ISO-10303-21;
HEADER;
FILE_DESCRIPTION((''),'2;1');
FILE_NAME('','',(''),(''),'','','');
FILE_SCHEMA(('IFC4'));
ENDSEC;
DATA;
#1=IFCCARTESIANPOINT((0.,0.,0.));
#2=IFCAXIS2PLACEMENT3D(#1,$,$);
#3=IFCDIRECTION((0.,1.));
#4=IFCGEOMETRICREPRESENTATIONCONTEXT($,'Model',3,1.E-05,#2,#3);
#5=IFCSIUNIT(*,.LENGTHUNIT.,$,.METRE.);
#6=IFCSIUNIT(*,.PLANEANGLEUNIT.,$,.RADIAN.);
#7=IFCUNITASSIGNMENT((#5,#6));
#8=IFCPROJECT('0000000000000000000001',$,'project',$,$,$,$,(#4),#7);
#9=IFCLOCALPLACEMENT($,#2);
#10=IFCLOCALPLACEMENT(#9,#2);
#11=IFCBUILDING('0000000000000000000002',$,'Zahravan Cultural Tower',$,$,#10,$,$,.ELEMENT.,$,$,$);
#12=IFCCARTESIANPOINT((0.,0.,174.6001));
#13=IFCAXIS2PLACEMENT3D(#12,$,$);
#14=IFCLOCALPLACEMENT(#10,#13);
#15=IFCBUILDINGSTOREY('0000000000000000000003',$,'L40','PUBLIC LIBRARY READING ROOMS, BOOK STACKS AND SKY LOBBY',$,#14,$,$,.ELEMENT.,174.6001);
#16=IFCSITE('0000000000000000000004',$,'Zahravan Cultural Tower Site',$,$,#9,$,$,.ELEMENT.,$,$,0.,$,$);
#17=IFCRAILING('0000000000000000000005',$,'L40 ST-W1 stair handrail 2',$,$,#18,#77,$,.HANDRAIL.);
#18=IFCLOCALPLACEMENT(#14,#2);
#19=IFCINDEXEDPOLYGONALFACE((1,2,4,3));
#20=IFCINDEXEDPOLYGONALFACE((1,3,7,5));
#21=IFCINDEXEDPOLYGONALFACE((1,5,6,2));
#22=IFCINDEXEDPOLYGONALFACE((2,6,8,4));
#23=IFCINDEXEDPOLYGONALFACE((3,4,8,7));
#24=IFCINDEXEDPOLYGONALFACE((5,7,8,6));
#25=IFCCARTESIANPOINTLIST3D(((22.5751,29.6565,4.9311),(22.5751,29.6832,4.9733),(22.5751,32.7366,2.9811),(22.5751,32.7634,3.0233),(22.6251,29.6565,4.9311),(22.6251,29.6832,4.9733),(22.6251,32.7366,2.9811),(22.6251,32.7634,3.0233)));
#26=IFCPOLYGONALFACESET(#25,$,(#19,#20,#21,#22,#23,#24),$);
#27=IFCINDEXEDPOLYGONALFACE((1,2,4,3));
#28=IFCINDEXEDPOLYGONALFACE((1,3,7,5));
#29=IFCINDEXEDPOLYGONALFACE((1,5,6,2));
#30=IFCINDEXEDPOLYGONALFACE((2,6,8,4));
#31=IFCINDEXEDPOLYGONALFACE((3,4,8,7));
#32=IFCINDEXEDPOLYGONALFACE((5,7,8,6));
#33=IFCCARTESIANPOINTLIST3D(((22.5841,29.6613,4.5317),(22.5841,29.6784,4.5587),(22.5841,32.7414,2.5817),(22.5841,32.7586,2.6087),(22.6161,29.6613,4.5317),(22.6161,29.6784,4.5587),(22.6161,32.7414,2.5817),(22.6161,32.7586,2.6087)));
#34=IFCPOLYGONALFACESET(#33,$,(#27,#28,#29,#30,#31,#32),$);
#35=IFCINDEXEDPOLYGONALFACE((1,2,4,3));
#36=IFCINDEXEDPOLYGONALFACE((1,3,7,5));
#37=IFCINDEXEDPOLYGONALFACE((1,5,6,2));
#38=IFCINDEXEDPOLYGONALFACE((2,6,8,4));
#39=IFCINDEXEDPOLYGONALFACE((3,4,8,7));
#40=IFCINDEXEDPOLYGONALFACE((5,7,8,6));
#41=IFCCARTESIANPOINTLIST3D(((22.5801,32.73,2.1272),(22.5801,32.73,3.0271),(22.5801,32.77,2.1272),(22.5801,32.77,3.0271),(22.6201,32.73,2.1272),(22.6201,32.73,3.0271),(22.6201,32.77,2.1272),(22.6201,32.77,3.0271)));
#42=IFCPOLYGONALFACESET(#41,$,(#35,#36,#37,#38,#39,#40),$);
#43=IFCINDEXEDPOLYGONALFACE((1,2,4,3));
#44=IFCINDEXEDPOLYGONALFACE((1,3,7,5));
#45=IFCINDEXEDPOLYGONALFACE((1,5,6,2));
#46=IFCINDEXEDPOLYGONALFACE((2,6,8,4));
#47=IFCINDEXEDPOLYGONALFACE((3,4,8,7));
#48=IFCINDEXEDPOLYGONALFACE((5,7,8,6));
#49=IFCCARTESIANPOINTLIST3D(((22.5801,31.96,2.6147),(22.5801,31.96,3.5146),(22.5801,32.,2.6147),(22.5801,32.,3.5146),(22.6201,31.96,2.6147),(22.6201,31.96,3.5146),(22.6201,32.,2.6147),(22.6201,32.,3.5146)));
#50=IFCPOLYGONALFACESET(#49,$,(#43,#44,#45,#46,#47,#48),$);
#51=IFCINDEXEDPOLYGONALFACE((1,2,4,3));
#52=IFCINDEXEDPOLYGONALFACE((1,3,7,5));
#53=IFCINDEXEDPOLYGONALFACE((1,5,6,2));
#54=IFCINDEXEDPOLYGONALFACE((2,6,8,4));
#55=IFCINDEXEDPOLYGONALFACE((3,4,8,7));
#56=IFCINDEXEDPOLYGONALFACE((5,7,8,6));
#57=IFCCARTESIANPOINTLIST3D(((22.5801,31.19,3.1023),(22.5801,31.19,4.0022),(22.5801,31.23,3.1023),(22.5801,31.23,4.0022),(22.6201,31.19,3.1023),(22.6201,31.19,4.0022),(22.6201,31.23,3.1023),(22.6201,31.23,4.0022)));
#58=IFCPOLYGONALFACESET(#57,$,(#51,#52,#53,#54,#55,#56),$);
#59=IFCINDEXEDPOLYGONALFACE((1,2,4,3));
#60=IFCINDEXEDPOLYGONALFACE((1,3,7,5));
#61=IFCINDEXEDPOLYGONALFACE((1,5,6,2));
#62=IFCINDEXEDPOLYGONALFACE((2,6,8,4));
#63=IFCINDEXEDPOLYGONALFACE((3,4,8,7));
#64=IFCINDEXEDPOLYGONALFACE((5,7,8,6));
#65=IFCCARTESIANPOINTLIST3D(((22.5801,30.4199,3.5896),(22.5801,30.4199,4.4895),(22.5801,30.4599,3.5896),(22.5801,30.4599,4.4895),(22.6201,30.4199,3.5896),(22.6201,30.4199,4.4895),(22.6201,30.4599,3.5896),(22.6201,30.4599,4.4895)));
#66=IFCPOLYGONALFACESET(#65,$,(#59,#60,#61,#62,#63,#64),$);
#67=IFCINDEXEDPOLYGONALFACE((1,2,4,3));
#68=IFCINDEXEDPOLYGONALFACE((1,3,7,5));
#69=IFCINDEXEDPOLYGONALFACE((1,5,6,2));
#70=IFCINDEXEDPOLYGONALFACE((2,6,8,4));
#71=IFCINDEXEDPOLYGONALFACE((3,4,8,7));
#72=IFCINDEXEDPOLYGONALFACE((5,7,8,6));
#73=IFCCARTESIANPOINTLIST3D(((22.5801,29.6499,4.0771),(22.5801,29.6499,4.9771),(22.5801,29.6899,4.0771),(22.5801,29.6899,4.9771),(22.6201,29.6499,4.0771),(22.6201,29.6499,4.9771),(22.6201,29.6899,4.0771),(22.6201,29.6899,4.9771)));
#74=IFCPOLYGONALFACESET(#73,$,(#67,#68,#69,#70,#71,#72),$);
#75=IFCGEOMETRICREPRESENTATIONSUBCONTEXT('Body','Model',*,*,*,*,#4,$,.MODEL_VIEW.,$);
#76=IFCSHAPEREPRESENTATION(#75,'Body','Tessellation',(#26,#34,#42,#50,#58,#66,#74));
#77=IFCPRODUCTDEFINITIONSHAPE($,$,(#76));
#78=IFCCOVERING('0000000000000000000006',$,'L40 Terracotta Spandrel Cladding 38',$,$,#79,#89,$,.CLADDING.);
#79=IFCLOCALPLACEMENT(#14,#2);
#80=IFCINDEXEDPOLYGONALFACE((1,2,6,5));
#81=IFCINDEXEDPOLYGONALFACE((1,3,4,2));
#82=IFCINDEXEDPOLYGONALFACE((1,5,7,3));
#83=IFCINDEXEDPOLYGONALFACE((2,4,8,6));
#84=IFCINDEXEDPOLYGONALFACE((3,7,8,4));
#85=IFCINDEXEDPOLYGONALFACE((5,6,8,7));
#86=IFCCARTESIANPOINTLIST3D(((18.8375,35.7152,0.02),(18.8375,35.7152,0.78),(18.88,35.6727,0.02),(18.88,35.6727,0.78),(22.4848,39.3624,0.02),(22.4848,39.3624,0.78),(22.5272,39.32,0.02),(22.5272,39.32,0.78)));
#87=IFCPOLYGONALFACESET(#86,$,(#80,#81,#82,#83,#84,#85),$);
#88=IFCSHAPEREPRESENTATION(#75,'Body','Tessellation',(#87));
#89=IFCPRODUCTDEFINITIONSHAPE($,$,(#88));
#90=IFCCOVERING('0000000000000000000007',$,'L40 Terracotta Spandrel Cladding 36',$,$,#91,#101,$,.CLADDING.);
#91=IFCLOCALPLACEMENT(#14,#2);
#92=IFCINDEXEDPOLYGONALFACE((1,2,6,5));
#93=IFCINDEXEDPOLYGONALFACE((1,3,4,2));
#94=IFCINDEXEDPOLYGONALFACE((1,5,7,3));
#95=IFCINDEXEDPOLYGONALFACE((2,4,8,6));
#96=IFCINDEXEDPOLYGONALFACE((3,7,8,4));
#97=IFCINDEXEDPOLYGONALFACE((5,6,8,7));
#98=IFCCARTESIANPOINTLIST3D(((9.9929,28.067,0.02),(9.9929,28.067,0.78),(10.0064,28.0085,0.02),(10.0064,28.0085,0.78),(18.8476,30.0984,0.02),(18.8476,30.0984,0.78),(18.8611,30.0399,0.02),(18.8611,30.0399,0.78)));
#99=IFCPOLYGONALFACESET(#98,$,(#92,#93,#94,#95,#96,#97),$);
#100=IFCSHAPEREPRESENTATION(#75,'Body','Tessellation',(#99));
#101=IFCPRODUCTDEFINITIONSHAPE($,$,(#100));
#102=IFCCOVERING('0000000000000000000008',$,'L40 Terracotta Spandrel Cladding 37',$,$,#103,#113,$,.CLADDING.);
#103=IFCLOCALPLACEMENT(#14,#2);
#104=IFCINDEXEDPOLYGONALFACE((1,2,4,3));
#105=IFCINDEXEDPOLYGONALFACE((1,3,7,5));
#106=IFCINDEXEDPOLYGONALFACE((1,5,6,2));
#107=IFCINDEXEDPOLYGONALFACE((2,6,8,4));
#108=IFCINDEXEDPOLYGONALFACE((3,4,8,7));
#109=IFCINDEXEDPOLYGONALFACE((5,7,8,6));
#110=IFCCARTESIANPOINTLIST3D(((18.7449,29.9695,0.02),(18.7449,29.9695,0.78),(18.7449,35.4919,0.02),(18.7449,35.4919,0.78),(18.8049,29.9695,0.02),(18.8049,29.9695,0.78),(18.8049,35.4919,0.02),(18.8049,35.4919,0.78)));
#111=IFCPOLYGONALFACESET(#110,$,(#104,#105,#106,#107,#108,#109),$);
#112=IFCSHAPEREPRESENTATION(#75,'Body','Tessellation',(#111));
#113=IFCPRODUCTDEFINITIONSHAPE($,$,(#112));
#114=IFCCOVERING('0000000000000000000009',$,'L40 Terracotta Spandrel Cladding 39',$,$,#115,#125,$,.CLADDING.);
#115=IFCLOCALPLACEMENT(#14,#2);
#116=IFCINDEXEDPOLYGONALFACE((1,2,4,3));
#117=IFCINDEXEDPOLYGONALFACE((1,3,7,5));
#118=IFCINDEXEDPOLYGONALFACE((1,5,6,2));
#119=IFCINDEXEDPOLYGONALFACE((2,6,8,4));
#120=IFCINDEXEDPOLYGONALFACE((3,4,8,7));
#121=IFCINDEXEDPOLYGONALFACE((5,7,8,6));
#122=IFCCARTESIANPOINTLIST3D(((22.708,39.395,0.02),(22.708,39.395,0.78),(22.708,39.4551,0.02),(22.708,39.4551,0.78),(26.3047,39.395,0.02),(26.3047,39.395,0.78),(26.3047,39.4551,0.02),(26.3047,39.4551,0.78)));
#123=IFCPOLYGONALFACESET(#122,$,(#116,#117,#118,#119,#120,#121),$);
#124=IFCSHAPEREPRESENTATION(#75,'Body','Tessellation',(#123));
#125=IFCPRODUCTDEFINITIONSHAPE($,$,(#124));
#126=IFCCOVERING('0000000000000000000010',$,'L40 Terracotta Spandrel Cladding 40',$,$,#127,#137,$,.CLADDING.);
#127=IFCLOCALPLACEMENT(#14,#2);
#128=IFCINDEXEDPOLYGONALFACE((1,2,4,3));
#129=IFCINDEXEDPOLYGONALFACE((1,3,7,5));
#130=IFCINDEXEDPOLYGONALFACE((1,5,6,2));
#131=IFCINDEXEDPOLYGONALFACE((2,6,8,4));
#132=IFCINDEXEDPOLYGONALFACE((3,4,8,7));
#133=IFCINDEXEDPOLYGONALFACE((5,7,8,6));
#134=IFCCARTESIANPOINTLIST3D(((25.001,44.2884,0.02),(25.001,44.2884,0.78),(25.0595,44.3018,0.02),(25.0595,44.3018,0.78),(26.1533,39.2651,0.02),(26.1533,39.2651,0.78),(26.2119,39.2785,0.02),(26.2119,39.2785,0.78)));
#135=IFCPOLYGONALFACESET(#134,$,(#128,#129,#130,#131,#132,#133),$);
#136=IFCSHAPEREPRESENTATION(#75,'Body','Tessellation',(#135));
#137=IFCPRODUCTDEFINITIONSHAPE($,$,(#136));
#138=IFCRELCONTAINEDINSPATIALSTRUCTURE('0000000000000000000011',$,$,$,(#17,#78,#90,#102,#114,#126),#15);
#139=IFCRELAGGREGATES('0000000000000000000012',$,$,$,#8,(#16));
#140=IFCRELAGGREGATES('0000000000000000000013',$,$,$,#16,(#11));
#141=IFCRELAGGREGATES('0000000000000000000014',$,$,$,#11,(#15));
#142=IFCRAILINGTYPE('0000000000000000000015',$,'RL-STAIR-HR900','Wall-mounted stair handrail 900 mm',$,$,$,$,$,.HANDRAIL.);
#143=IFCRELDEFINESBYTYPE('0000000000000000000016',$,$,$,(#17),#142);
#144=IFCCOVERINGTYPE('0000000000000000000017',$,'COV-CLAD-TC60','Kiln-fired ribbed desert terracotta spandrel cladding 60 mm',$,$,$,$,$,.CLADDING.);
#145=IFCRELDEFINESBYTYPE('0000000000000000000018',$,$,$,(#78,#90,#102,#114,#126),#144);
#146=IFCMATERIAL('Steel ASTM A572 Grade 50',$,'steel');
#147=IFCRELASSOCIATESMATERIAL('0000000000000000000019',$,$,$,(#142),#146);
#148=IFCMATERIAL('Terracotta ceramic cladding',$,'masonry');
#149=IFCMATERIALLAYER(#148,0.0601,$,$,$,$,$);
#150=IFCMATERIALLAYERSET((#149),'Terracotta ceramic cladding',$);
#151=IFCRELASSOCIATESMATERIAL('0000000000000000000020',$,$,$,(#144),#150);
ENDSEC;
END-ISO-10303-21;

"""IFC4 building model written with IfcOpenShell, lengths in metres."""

from ifc_helpers import new_model, si_unit, direction, frame, origin, origin_2d, place, context, subcontext, project, spatial, rectangle, extrude, source, transform, mapped, material, layer, layer_set, type_object, element, save


model = new_model("IFC4")

# Units and contexts
model_context = context("Model", 3, precision=1e-05, world=origin(), true_north=direction((0.0, 1.0)))
body_context = subcontext(model_context, "Body", "Model", "MODEL_VIEW")
ifc_project = project(units=[si_unit("LENGTHUNIT", "METRE"), si_unit("PLANEANGLEUNIT", "RADIAN")], contexts=[model_context])

# Site, building, storey
site_placement = place(None, origin())
site = spatial("IfcSite", under=ifc_project, at=site_placement, Name="Zahravan Cultural Tower Site", CompositionType="ELEMENT", RefElevation=0.0)
building_placement = place(site_placement, origin())
building = spatial("IfcBuilding", under=site, at=building_placement, Name="Zahravan Cultural Tower", CompositionType="ELEMENT")
storey_placement = place(building_placement, frame((0.0, 0.0, 174.6001)))
storey = spatial("IfcBuildingStorey", under=building, at=storey_placement, Name="L40", Description="PUBLIC LIBRARY READING ROOMS, BOOK STACKS AND SKY LOBBY", CompositionType="ELEMENT", Elevation=174.6001)

# Railing
ifc_material_1 = material(Name="Steel ASTM A572 Grade 50", Category="steel")
railing_type_1 = type_object("IfcRailingType", Name="RL-STAIR-HR900", Description="Wall-mounted stair handrail 900 mm", PredefinedType="HANDRAIL", material=ifc_material_1)
railing_1_placement = place(storey_placement, frame((22.6001, 32.75, 2.1272)))
element("IfcRailing", 1, at=railing_1_placement, inside=storey, type_object=railing_type_1, Name="L40 ST-W1 stair handrail 2", PredefinedType="HANDRAIL", context=body_context, shape_type="SweptSolid", body=[
    extrude(rectangle(XDim=0.05, YDim=0.05, at=origin_2d()), frame((0.0, 0.0, 0.875), z_axis=(0.0, -0.844914, 0.534902), x_axis=(1.0, 0.0, 0.0)), (0.0, 0.0, 1.0), 3.6455),
    extrude(rectangle(XDim=0.032, YDim=0.032, at=origin_2d()), frame((0.0, 0.0, 0.468), z_axis=(0.0, -0.844914, 0.534902), x_axis=(1.0, 0.0, 0.0)), (0.0, 0.0, 1.0), 3.6455),
    extrude(rectangle(XDim=0.04, YDim=0.04, at=origin_2d()), origin(), (0.0, 0.0, 1.0), 0.8999),
    extrude(rectangle(XDim=0.04, YDim=0.04, at=origin_2d()), frame((0.0, -0.77, 0.4875)), (0.0, 0.0, 1.0), 0.8999),
    extrude(rectangle(XDim=0.04, YDim=0.04, at=origin_2d()), frame((0.0, -1.54, 0.9751)), (0.0, 0.0, 1.0), 0.8999),
    extrude(rectangle(XDim=0.04, YDim=0.04, at=origin_2d()), frame((0.0, -2.3101, 1.4624)), (0.0, 0.0, 1.0), 0.8999),
    extrude(rectangle(XDim=0.04, YDim=0.04, at=origin_2d()), frame((0.0, -3.0801, 1.95)), (0.0, 0.0, 1.0), 0.8999),
])

# Coverings
ifc_material_2 = material(Name="Terracotta ceramic cladding", Category="masonry")
ifc_layer_1 = layer(ifc_material_2, 0.0601)
ifc_layer_set_1 = layer_set([ifc_layer_1], Name="Terracotta ceramic cladding")
covering_type = type_object("IfcCoveringType", Name="COV-CLAD-TC60", Description="Kiln-fired ribbed desert terracotta spandrel cladding 60 mm", PredefinedType="CLADDING", material=ifc_layer_set_1)
shared_shape_1 = source(origin(), body_context, "Body", "SweptSolid", [
    extrude(rectangle(XDim=5.158, YDim=0.0601, at=origin_2d()), origin(), (0.0, 0.0, 1.0), 0.76),
])
covering_1_placement = place(storey_placement, frame((20.6824, 37.5176, 0.02), z_axis=(0.0, 0.0, 1.0), x_axis=(0.707107, 0.707107, 0.0)))
element("IfcCovering", 2, at=covering_1_placement, inside=storey, type_object=covering_type, Name="L40 Terracotta Spandrel Cladding 38", PredefinedType="CLADDING", context=body_context, shape_type="MappedRepresentation", body=[
    mapped(shared_shape_1, transform((0.0, 0.0, 0.0), x_axis=(1.0, 0.0, 0.0), y_axis=(0.0, 1.0, 0.0), z_axis=(0.0, 0.0, 1.0), scale=1.0)),
])
shared_shape_2 = source(origin(), body_context, "Body", "SweptSolid", [
    extrude(rectangle(XDim=9.0847, YDim=0.0601, at=origin_2d()), origin(), (0.0, 0.0, 1.0), 0.76),
])
covering_2_placement = place(storey_placement, frame((14.427, 29.0535, 0.02), z_axis=(0.0, 0.0, 1.0), x_axis=(0.974679, 0.223607, 0.0)))
element("IfcCovering", 3, at=covering_2_placement, inside=storey, type_object=covering_type, Name="L40 Terracotta Spandrel Cladding 36", PredefinedType="CLADDING", context=body_context, shape_type="MappedRepresentation", body=[
    mapped(shared_shape_2, transform((0.0, 0.0, 0.0), x_axis=(1.0, 0.0, 0.0), y_axis=(0.0, 1.0, 0.0), z_axis=(0.0, 0.0, 1.0), scale=1.0)),
])
shared_shape_3 = source(origin(), body_context, "Body", "SweptSolid", [
    extrude(rectangle(XDim=5.5225, YDim=0.0601, at=origin_2d()), origin(), (0.0, 0.0, 1.0), 0.76),
])
covering_3_placement = place(storey_placement, frame((18.7749, 32.7307, 0.02), z_axis=(0.0, 0.0, 1.0), x_axis=(0.0, 1.0, 0.0)))
element("IfcCovering", 4, at=covering_3_placement, inside=storey, type_object=covering_type, Name="L40 Terracotta Spandrel Cladding 37", PredefinedType="CLADDING", context=body_context, shape_type="MappedRepresentation", body=[
    mapped(shared_shape_3, transform((0.0, 0.0, 0.0), x_axis=(1.0, 0.0, 0.0), y_axis=(0.0, 1.0, 0.0), z_axis=(0.0, 0.0, 1.0), scale=1.0)),
])
shared_shape_4 = source(origin(), body_context, "Body", "SweptSolid", [
    extrude(rectangle(XDim=3.5967, YDim=0.0601, at=origin_2d()), origin(), (0.0, 0.0, 1.0), 0.76),
])
covering_4_placement = place(storey_placement, frame((24.5063, 39.425, 0.02), z_axis=(0.0, 0.0, 1.0), x_axis=(1.0, 0.0, 0.0)))
element("IfcCovering", 5, at=covering_4_placement, inside=storey, type_object=covering_type, Name="L40 Terracotta Spandrel Cladding 39", PredefinedType="CLADDING", context=body_context, shape_type="MappedRepresentation", body=[
    mapped(shared_shape_4, transform((0.0, 0.0, 0.0), x_axis=(1.0, 0.0, 0.0), y_axis=(0.0, 1.0, 0.0), z_axis=(0.0, 0.0, 1.0), scale=1.0)),
])
shared_shape_5 = source(origin(), body_context, "Body", "SweptSolid", [
    extrude(rectangle(XDim=5.1538, YDim=0.0601, at=origin_2d()), origin(), (0.0, 0.0, 1.0), 0.76),
])
covering_5_placement = place(storey_placement, frame((25.6064, 41.7834, 0.02), z_axis=(0.0, 0.0, 1.0), x_axis=(-0.22359, 0.974683, 0.0)))
element("IfcCovering", 6, at=covering_5_placement, inside=storey, type_object=covering_type, Name="L40 Terracotta Spandrel Cladding 40", PredefinedType="CLADDING", context=body_context, shape_type="MappedRepresentation", body=[
    mapped(shared_shape_5, transform((0.0, 0.0, 0.0), x_axis=(1.0, 0.0, 0.0), y_axis=(0.0, 1.0, 0.0), z_axis=(0.0, 0.0, 1.0), scale=1.0)),
])

save(model, "model.ifc")
